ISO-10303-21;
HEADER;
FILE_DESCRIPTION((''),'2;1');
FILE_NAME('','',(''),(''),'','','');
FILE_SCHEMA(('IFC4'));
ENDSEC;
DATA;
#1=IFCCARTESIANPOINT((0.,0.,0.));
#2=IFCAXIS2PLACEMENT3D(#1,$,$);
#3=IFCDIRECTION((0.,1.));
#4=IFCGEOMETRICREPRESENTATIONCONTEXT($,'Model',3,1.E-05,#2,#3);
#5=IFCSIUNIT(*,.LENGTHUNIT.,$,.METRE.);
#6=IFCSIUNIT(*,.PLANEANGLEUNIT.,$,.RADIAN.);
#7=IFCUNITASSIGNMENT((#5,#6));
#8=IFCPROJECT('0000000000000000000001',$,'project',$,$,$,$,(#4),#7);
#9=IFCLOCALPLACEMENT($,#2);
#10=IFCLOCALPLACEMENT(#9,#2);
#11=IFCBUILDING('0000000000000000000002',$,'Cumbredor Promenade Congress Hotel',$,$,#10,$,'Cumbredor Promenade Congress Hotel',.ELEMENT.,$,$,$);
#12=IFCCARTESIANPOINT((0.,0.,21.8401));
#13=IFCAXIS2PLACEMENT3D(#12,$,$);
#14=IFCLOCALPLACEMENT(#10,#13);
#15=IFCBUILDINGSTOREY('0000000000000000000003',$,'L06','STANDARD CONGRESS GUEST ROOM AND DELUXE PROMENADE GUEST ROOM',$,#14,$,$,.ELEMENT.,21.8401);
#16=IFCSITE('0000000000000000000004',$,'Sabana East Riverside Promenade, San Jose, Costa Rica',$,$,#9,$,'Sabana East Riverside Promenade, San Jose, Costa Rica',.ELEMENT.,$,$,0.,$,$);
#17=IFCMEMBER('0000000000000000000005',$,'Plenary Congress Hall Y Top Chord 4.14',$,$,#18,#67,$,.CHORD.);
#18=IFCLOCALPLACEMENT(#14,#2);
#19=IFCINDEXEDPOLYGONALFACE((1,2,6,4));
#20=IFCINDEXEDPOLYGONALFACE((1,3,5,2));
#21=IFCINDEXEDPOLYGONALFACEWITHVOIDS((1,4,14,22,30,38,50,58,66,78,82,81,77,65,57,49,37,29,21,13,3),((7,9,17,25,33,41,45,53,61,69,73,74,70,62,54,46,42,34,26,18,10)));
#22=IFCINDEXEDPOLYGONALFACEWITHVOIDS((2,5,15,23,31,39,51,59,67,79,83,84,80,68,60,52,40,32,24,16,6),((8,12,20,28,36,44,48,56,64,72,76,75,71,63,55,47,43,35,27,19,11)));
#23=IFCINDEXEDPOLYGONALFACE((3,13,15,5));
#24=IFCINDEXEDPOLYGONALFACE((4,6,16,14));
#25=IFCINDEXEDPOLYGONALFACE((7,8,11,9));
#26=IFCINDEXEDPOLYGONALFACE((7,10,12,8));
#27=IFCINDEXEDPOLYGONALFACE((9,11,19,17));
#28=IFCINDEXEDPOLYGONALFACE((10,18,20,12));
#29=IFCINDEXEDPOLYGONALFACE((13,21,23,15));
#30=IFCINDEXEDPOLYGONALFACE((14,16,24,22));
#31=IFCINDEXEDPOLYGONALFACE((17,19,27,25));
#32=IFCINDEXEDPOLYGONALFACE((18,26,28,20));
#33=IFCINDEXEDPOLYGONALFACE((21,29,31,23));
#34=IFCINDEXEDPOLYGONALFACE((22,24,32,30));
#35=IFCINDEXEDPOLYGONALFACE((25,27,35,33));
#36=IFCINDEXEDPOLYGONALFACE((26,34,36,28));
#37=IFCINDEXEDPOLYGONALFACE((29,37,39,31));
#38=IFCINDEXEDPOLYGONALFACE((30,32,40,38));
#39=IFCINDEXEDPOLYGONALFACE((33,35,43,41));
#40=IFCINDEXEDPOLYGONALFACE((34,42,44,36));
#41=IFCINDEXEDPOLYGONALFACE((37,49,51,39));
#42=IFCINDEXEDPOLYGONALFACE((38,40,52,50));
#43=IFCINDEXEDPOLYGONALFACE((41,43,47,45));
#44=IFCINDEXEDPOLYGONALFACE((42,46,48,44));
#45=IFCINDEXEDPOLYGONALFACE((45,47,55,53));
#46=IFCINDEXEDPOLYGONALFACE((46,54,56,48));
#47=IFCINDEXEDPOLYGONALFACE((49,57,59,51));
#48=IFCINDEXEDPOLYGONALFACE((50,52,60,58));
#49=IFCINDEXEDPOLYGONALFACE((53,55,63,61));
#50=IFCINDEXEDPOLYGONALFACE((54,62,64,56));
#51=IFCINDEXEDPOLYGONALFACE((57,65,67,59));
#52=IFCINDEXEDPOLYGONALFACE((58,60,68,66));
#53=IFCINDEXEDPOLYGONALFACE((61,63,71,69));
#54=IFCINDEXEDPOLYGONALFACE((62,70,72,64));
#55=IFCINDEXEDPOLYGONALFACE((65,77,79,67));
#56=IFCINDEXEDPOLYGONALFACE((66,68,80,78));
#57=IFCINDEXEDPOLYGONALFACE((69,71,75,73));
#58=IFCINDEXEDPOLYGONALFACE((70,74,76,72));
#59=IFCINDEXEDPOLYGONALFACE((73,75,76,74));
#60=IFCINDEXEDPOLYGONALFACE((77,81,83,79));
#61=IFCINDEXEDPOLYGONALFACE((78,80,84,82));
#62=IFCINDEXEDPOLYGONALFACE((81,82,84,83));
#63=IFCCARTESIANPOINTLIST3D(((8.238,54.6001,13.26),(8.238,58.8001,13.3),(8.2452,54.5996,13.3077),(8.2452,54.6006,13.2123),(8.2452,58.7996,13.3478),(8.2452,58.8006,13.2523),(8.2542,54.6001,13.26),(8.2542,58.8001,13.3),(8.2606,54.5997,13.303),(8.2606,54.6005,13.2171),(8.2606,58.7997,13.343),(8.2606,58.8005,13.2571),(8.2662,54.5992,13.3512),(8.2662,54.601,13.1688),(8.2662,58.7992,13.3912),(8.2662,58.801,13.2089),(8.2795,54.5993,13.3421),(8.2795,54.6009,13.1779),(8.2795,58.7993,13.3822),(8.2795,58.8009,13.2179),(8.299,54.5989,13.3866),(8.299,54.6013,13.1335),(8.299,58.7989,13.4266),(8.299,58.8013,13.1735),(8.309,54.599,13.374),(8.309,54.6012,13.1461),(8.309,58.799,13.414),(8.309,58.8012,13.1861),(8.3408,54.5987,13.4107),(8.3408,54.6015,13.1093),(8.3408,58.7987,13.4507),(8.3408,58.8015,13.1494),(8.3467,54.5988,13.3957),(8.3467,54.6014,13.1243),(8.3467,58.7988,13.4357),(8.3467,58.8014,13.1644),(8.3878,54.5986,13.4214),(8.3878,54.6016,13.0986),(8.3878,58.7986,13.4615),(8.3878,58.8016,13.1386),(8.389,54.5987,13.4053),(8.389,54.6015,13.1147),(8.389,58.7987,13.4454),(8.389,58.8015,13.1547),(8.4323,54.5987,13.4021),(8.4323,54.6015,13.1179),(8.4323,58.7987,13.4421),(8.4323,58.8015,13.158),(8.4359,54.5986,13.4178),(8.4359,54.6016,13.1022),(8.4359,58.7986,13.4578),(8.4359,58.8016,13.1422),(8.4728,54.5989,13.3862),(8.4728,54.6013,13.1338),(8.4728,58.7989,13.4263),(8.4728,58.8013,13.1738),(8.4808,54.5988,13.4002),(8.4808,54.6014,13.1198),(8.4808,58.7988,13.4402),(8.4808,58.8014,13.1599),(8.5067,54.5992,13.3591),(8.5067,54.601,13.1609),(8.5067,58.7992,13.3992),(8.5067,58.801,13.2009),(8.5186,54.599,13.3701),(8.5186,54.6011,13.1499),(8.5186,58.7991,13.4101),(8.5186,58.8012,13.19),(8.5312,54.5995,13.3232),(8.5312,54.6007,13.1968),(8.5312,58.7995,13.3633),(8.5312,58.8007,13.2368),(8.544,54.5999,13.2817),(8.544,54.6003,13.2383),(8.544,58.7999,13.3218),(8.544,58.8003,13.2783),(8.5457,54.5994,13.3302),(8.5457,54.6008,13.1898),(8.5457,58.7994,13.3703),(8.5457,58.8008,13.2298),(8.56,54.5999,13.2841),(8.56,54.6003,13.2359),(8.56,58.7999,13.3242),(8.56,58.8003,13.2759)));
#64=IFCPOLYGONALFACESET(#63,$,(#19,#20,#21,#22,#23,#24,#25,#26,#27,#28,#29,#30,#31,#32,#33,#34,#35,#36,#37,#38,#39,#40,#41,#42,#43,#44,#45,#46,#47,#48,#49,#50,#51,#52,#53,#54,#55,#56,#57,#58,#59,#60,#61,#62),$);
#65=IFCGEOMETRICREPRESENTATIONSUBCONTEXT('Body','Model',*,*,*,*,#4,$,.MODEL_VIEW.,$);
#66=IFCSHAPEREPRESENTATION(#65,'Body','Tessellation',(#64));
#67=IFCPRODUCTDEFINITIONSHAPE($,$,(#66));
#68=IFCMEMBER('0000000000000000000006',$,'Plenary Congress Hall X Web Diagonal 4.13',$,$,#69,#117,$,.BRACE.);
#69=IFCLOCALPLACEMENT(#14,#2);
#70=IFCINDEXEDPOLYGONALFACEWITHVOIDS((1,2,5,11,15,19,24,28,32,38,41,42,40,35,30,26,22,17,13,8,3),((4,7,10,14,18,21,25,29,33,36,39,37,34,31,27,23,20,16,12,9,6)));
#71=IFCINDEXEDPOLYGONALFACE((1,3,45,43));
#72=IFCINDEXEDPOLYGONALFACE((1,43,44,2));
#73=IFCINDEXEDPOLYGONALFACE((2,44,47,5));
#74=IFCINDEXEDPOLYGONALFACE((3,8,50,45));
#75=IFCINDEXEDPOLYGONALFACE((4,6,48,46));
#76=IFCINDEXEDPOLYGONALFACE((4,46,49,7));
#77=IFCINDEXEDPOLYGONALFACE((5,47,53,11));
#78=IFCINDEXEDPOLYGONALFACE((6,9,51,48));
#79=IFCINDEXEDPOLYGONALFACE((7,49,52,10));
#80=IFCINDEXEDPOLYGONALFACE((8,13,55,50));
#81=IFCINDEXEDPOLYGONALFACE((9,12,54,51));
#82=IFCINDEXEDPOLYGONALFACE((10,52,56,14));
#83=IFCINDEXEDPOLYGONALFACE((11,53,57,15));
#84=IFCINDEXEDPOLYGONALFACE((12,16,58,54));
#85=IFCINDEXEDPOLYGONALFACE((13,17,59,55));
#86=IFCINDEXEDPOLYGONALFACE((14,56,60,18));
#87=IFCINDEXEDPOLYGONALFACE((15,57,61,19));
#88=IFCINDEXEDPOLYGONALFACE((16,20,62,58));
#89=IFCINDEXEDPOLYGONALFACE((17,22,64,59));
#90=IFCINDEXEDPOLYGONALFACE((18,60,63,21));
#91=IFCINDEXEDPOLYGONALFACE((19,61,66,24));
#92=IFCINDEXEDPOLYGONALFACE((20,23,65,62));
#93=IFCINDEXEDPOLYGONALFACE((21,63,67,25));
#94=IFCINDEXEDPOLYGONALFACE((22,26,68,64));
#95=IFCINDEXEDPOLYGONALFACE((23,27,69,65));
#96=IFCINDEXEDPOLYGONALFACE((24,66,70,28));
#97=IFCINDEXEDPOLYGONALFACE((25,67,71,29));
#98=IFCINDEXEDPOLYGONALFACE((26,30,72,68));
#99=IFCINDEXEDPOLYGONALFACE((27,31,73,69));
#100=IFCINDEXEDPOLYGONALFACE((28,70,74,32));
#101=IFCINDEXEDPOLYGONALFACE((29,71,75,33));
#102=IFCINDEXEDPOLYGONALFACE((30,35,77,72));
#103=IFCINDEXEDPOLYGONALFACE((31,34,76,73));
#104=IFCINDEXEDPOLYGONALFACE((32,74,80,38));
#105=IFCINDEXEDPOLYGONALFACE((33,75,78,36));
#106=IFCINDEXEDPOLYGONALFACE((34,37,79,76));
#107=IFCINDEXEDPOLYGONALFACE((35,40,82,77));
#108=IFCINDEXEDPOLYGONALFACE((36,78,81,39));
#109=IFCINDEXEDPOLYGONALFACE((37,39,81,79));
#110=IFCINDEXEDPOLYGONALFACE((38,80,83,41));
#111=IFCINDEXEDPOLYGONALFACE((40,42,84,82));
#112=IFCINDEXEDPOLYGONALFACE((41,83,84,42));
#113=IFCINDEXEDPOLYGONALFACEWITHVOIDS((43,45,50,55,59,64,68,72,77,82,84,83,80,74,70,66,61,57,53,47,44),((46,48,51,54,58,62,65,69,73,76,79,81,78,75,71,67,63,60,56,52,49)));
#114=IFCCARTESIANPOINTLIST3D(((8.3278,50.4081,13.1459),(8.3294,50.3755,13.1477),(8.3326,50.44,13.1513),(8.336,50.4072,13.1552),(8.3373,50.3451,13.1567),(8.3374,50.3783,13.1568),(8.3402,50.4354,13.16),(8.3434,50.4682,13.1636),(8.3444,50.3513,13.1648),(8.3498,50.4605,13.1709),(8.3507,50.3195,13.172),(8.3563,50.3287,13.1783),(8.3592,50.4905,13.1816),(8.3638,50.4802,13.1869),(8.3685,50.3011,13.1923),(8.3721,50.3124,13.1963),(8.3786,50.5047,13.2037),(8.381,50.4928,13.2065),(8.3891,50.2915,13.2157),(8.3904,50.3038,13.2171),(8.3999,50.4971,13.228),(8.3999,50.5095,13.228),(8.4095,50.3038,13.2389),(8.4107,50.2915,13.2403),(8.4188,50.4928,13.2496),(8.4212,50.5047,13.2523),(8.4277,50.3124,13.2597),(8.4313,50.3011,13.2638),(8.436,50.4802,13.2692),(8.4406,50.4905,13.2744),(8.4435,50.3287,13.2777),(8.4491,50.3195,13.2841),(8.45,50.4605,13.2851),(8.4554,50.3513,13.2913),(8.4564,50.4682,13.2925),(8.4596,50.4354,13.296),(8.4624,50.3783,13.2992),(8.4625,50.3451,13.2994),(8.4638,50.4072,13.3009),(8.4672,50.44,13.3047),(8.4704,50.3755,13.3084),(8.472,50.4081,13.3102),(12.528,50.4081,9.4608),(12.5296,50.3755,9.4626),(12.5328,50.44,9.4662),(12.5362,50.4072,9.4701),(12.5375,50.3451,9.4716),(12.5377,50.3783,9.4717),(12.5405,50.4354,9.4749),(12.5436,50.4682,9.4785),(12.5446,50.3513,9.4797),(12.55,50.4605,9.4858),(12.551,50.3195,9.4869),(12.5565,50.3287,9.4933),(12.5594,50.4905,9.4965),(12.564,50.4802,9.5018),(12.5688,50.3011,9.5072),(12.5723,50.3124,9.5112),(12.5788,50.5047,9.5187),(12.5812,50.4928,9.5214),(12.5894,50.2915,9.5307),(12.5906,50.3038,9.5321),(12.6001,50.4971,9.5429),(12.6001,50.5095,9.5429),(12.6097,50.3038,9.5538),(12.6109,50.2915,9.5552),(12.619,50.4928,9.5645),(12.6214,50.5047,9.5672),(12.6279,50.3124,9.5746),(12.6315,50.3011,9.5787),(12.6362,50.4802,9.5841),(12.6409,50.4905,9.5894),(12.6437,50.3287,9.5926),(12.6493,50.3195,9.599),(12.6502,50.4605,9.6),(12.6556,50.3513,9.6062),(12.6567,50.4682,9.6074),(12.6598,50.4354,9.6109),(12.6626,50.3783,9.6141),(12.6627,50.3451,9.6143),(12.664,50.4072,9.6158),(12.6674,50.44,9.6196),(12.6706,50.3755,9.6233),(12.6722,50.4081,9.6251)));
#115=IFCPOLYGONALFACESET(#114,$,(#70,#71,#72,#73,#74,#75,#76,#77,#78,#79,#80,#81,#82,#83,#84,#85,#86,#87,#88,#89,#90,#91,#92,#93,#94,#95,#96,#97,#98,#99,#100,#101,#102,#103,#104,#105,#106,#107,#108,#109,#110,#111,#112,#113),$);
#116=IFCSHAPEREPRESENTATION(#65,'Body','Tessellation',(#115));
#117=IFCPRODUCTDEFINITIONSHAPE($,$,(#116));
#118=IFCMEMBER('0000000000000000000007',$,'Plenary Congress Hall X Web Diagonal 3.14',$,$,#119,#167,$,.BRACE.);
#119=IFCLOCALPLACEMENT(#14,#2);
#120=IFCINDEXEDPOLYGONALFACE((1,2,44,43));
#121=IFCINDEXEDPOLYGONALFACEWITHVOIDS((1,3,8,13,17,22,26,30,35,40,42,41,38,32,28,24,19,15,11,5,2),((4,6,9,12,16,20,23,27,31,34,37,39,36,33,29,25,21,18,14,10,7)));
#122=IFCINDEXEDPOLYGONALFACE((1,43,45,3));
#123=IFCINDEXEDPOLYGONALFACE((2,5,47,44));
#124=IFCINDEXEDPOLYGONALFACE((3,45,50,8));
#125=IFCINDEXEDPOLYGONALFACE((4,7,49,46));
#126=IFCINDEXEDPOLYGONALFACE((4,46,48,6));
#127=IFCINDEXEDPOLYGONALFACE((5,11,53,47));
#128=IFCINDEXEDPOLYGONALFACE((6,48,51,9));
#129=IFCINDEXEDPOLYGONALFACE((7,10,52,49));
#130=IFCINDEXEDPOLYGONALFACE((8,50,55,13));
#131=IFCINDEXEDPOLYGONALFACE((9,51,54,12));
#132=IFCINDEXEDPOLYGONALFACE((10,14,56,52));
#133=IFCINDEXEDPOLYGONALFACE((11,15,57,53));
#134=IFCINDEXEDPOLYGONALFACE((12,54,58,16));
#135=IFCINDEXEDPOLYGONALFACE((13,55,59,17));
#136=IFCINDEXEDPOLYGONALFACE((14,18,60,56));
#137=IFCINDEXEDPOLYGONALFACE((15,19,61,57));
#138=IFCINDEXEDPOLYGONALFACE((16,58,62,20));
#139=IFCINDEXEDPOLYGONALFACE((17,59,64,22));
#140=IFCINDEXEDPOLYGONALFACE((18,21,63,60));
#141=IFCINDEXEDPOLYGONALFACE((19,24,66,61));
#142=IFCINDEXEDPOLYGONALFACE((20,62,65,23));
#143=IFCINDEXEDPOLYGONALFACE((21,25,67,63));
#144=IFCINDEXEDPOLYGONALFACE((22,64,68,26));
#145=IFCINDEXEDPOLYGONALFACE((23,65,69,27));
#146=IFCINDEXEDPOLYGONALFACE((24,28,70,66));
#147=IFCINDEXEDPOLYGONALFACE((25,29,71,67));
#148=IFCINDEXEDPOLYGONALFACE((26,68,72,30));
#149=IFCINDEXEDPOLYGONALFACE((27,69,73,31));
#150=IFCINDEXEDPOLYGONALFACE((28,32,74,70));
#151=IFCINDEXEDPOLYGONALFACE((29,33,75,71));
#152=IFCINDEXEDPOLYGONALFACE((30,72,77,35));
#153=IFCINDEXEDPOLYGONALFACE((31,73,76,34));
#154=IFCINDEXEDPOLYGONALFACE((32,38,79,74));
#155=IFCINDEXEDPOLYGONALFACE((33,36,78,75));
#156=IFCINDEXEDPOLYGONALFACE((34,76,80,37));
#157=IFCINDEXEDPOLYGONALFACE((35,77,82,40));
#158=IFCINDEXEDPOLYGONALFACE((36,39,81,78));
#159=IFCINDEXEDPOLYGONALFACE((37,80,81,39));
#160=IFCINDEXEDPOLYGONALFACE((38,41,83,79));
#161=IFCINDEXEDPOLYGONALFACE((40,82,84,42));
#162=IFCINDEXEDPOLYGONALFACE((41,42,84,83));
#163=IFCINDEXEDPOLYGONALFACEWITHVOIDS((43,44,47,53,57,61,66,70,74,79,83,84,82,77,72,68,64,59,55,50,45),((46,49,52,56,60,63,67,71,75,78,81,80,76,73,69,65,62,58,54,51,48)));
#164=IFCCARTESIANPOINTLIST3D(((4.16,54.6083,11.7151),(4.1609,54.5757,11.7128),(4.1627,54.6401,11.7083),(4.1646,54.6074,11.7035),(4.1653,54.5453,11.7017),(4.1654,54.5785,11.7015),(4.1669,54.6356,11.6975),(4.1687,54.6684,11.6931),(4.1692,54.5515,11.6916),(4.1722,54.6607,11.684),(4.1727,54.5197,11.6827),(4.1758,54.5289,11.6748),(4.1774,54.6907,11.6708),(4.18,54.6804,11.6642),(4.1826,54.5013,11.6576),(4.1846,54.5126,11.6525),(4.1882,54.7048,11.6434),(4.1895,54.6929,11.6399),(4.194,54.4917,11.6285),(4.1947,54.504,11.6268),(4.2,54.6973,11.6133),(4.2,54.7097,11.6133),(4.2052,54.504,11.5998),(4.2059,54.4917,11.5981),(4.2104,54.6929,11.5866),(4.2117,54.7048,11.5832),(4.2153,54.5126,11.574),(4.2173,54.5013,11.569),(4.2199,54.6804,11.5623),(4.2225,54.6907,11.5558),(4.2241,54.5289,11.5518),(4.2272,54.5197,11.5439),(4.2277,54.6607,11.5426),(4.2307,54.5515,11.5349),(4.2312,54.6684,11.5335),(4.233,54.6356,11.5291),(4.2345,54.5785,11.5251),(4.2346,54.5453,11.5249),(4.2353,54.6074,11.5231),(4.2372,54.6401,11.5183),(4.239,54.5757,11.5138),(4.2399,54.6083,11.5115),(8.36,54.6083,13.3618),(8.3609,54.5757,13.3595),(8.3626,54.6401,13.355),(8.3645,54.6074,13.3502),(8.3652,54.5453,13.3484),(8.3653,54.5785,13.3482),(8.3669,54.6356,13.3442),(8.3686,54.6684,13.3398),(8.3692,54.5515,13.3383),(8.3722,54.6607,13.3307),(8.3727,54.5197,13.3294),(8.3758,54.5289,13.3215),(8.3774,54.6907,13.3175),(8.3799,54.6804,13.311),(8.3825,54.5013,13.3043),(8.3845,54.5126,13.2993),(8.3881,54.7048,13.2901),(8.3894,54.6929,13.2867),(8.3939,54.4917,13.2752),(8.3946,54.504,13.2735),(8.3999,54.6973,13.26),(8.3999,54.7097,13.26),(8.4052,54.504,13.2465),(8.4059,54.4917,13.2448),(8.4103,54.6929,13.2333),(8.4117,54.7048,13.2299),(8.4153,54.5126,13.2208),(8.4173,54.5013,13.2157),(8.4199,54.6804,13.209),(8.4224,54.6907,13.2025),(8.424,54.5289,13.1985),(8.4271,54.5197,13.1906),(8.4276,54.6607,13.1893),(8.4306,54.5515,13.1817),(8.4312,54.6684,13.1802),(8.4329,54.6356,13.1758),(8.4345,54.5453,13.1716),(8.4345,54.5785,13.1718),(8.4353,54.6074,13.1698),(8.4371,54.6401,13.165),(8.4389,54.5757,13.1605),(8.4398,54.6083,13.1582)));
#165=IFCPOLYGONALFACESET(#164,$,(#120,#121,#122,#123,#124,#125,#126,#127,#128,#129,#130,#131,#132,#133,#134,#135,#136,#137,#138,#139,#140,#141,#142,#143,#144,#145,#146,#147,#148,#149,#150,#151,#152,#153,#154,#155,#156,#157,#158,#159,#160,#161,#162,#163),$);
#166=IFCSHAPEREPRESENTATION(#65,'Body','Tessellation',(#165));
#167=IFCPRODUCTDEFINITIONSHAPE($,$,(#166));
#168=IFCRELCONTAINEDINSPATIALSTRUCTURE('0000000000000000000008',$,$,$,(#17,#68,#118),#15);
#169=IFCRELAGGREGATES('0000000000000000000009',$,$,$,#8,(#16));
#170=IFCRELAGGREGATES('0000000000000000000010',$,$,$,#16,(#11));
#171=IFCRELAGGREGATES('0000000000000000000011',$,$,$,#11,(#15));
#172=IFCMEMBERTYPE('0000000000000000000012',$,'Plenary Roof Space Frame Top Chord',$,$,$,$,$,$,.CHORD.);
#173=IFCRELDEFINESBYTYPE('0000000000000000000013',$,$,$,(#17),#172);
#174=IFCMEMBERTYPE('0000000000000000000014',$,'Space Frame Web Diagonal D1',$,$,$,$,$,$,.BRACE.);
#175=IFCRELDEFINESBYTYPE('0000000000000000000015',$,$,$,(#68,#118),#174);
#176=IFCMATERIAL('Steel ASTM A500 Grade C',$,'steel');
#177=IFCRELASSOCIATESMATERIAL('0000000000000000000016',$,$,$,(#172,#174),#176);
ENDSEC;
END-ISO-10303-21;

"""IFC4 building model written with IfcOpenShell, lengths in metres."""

from ifc_helpers import new_model, si_unit, direction, frame, origin, origin_2d, place, context, subcontext, project, spatial, hollow_circle, extrude, material, material_profile, profile_set, type_object, element, save


model = new_model("IFC4")

# Units and contexts
model_context = context("Model", 3, precision=1e-05, world=origin(), true_north=direction((0.0, 1.0)))
body_context = subcontext(model_context, "Body", "Model", "MODEL_VIEW")
ifc_project = project(units=[si_unit("LENGTHUNIT", "METRE"), si_unit("PLANEANGLEUNIT", "RADIAN")], contexts=[model_context])

# Site, building, storey
site_placement = place(None, origin())
site = spatial("IfcSite", under=ifc_project, at=site_placement, Name="Sabana East Riverside Promenade, San Jose, Costa Rica", LongName="Sabana East Riverside Promenade, San Jose, Costa Rica", CompositionType="ELEMENT", RefElevation=0.0)
building_placement = place(site_placement, origin())
building = spatial("IfcBuilding", under=site, at=building_placement, Name="Cumbredor Promenade Congress Hotel", LongName="Cumbredor Promenade Congress Hotel", CompositionType="ELEMENT")
storey_placement = place(building_placement, frame((0.0, 0.0, 21.8401)))
storey = spatial("IfcBuildingStorey", under=building, at=storey_placement, Name="L06", Description="STANDARD CONGRESS GUEST ROOM AND DELUXE PROMENADE GUEST ROOM", CompositionType="ELEMENT", Elevation=21.8401)

# Members
ifc_material_1 = material(Name="Steel ASTM A500 Grade C", Category="steel")
ifc_material_profile_1 = material_profile(ifc_material_1, hollow_circle(Radius=0.1619, WallThickness=0.0161, at=origin_2d()), Name="CHS 323.9x16")
ifc_profile_set_1 = profile_set([ifc_material_profile_1], Name="Steel ASTM A500 Grade C")
member_type_1 = type_object("IfcMemberType", Name="Plenary Roof Space Frame Top Chord", PredefinedType="CHORD", material=ifc_profile_set_1)
for number, where, z_axis, x_axis, name in (
    (1, (8.3999, 54.6001, 13.26), (0.0, 0.999955, 0.009533), (-1.0, 0.0, 0.0), "Plenary Congress Hall Y Top Chord 4.14"),
):
    element("IfcMember", number, at=place(storey_placement, frame(where, z_axis=z_axis, x_axis=x_axis)), inside=storey, type_object=member_type_1, Name=name, PredefinedType="CHORD", context=body_context, shape_type="SweptSolid", body=[
        extrude(hollow_circle(Radius=0.1619, WallThickness=0.0161, at=origin_2d()), origin(), (0.0, 0.0, 1.0), 4.2002),
    ])
ifc_material_profile_2 = material_profile(ifc_material_1, hollow_circle(Radius=0.1096, WallThickness=0.0125, at=origin_2d()), Name="CHS 219.1x12.5")
ifc_profile_set_2 = profile_set([ifc_material_profile_2], Name="Steel ASTM A500 Grade C")
member_type_2 = type_object("IfcMemberType", Name="Space Frame Web Diagonal D1", PredefinedType="BRACE", material=ifc_profile_set_2)
member_1_placement = place(storey_placement, frame((8.3999, 50.3999, 13.228), z_axis=(0.751699, 0.0, -0.659506), x_axis=(0.0, 1.0, 0.0)))
element("IfcMember", 2, at=member_1_placement, inside=storey, type_object=member_type_2, Name="Plenary Congress Hall X Web Diagonal 4.13", PredefinedType="BRACE", context=body_context, shape_type="SweptSolid", body=[
    extrude(hollow_circle(Radius=0.1096, WallThickness=0.0125, at=origin_2d()), origin(), (0.0, 0.0, 1.0), 5.5876),
])
member_2_placement = place(storey_placement, frame((4.2, 54.6001, 11.6133), z_axis=(0.930997, 0.0, 0.365028), x_axis=(0.0, 1.0, 0.0)))
element("IfcMember", 3, at=member_2_placement, inside=storey, type_object=member_type_2, Name="Plenary Congress Hall X Web Diagonal 3.14", PredefinedType="BRACE", context=body_context, shape_type="SweptSolid", body=[
    extrude(hollow_circle(Radius=0.1096, WallThickness=0.0125, at=origin_2d()), origin(), (0.0, 0.0, 1.0), 4.5112),
])

save(model, "model.ifc")
